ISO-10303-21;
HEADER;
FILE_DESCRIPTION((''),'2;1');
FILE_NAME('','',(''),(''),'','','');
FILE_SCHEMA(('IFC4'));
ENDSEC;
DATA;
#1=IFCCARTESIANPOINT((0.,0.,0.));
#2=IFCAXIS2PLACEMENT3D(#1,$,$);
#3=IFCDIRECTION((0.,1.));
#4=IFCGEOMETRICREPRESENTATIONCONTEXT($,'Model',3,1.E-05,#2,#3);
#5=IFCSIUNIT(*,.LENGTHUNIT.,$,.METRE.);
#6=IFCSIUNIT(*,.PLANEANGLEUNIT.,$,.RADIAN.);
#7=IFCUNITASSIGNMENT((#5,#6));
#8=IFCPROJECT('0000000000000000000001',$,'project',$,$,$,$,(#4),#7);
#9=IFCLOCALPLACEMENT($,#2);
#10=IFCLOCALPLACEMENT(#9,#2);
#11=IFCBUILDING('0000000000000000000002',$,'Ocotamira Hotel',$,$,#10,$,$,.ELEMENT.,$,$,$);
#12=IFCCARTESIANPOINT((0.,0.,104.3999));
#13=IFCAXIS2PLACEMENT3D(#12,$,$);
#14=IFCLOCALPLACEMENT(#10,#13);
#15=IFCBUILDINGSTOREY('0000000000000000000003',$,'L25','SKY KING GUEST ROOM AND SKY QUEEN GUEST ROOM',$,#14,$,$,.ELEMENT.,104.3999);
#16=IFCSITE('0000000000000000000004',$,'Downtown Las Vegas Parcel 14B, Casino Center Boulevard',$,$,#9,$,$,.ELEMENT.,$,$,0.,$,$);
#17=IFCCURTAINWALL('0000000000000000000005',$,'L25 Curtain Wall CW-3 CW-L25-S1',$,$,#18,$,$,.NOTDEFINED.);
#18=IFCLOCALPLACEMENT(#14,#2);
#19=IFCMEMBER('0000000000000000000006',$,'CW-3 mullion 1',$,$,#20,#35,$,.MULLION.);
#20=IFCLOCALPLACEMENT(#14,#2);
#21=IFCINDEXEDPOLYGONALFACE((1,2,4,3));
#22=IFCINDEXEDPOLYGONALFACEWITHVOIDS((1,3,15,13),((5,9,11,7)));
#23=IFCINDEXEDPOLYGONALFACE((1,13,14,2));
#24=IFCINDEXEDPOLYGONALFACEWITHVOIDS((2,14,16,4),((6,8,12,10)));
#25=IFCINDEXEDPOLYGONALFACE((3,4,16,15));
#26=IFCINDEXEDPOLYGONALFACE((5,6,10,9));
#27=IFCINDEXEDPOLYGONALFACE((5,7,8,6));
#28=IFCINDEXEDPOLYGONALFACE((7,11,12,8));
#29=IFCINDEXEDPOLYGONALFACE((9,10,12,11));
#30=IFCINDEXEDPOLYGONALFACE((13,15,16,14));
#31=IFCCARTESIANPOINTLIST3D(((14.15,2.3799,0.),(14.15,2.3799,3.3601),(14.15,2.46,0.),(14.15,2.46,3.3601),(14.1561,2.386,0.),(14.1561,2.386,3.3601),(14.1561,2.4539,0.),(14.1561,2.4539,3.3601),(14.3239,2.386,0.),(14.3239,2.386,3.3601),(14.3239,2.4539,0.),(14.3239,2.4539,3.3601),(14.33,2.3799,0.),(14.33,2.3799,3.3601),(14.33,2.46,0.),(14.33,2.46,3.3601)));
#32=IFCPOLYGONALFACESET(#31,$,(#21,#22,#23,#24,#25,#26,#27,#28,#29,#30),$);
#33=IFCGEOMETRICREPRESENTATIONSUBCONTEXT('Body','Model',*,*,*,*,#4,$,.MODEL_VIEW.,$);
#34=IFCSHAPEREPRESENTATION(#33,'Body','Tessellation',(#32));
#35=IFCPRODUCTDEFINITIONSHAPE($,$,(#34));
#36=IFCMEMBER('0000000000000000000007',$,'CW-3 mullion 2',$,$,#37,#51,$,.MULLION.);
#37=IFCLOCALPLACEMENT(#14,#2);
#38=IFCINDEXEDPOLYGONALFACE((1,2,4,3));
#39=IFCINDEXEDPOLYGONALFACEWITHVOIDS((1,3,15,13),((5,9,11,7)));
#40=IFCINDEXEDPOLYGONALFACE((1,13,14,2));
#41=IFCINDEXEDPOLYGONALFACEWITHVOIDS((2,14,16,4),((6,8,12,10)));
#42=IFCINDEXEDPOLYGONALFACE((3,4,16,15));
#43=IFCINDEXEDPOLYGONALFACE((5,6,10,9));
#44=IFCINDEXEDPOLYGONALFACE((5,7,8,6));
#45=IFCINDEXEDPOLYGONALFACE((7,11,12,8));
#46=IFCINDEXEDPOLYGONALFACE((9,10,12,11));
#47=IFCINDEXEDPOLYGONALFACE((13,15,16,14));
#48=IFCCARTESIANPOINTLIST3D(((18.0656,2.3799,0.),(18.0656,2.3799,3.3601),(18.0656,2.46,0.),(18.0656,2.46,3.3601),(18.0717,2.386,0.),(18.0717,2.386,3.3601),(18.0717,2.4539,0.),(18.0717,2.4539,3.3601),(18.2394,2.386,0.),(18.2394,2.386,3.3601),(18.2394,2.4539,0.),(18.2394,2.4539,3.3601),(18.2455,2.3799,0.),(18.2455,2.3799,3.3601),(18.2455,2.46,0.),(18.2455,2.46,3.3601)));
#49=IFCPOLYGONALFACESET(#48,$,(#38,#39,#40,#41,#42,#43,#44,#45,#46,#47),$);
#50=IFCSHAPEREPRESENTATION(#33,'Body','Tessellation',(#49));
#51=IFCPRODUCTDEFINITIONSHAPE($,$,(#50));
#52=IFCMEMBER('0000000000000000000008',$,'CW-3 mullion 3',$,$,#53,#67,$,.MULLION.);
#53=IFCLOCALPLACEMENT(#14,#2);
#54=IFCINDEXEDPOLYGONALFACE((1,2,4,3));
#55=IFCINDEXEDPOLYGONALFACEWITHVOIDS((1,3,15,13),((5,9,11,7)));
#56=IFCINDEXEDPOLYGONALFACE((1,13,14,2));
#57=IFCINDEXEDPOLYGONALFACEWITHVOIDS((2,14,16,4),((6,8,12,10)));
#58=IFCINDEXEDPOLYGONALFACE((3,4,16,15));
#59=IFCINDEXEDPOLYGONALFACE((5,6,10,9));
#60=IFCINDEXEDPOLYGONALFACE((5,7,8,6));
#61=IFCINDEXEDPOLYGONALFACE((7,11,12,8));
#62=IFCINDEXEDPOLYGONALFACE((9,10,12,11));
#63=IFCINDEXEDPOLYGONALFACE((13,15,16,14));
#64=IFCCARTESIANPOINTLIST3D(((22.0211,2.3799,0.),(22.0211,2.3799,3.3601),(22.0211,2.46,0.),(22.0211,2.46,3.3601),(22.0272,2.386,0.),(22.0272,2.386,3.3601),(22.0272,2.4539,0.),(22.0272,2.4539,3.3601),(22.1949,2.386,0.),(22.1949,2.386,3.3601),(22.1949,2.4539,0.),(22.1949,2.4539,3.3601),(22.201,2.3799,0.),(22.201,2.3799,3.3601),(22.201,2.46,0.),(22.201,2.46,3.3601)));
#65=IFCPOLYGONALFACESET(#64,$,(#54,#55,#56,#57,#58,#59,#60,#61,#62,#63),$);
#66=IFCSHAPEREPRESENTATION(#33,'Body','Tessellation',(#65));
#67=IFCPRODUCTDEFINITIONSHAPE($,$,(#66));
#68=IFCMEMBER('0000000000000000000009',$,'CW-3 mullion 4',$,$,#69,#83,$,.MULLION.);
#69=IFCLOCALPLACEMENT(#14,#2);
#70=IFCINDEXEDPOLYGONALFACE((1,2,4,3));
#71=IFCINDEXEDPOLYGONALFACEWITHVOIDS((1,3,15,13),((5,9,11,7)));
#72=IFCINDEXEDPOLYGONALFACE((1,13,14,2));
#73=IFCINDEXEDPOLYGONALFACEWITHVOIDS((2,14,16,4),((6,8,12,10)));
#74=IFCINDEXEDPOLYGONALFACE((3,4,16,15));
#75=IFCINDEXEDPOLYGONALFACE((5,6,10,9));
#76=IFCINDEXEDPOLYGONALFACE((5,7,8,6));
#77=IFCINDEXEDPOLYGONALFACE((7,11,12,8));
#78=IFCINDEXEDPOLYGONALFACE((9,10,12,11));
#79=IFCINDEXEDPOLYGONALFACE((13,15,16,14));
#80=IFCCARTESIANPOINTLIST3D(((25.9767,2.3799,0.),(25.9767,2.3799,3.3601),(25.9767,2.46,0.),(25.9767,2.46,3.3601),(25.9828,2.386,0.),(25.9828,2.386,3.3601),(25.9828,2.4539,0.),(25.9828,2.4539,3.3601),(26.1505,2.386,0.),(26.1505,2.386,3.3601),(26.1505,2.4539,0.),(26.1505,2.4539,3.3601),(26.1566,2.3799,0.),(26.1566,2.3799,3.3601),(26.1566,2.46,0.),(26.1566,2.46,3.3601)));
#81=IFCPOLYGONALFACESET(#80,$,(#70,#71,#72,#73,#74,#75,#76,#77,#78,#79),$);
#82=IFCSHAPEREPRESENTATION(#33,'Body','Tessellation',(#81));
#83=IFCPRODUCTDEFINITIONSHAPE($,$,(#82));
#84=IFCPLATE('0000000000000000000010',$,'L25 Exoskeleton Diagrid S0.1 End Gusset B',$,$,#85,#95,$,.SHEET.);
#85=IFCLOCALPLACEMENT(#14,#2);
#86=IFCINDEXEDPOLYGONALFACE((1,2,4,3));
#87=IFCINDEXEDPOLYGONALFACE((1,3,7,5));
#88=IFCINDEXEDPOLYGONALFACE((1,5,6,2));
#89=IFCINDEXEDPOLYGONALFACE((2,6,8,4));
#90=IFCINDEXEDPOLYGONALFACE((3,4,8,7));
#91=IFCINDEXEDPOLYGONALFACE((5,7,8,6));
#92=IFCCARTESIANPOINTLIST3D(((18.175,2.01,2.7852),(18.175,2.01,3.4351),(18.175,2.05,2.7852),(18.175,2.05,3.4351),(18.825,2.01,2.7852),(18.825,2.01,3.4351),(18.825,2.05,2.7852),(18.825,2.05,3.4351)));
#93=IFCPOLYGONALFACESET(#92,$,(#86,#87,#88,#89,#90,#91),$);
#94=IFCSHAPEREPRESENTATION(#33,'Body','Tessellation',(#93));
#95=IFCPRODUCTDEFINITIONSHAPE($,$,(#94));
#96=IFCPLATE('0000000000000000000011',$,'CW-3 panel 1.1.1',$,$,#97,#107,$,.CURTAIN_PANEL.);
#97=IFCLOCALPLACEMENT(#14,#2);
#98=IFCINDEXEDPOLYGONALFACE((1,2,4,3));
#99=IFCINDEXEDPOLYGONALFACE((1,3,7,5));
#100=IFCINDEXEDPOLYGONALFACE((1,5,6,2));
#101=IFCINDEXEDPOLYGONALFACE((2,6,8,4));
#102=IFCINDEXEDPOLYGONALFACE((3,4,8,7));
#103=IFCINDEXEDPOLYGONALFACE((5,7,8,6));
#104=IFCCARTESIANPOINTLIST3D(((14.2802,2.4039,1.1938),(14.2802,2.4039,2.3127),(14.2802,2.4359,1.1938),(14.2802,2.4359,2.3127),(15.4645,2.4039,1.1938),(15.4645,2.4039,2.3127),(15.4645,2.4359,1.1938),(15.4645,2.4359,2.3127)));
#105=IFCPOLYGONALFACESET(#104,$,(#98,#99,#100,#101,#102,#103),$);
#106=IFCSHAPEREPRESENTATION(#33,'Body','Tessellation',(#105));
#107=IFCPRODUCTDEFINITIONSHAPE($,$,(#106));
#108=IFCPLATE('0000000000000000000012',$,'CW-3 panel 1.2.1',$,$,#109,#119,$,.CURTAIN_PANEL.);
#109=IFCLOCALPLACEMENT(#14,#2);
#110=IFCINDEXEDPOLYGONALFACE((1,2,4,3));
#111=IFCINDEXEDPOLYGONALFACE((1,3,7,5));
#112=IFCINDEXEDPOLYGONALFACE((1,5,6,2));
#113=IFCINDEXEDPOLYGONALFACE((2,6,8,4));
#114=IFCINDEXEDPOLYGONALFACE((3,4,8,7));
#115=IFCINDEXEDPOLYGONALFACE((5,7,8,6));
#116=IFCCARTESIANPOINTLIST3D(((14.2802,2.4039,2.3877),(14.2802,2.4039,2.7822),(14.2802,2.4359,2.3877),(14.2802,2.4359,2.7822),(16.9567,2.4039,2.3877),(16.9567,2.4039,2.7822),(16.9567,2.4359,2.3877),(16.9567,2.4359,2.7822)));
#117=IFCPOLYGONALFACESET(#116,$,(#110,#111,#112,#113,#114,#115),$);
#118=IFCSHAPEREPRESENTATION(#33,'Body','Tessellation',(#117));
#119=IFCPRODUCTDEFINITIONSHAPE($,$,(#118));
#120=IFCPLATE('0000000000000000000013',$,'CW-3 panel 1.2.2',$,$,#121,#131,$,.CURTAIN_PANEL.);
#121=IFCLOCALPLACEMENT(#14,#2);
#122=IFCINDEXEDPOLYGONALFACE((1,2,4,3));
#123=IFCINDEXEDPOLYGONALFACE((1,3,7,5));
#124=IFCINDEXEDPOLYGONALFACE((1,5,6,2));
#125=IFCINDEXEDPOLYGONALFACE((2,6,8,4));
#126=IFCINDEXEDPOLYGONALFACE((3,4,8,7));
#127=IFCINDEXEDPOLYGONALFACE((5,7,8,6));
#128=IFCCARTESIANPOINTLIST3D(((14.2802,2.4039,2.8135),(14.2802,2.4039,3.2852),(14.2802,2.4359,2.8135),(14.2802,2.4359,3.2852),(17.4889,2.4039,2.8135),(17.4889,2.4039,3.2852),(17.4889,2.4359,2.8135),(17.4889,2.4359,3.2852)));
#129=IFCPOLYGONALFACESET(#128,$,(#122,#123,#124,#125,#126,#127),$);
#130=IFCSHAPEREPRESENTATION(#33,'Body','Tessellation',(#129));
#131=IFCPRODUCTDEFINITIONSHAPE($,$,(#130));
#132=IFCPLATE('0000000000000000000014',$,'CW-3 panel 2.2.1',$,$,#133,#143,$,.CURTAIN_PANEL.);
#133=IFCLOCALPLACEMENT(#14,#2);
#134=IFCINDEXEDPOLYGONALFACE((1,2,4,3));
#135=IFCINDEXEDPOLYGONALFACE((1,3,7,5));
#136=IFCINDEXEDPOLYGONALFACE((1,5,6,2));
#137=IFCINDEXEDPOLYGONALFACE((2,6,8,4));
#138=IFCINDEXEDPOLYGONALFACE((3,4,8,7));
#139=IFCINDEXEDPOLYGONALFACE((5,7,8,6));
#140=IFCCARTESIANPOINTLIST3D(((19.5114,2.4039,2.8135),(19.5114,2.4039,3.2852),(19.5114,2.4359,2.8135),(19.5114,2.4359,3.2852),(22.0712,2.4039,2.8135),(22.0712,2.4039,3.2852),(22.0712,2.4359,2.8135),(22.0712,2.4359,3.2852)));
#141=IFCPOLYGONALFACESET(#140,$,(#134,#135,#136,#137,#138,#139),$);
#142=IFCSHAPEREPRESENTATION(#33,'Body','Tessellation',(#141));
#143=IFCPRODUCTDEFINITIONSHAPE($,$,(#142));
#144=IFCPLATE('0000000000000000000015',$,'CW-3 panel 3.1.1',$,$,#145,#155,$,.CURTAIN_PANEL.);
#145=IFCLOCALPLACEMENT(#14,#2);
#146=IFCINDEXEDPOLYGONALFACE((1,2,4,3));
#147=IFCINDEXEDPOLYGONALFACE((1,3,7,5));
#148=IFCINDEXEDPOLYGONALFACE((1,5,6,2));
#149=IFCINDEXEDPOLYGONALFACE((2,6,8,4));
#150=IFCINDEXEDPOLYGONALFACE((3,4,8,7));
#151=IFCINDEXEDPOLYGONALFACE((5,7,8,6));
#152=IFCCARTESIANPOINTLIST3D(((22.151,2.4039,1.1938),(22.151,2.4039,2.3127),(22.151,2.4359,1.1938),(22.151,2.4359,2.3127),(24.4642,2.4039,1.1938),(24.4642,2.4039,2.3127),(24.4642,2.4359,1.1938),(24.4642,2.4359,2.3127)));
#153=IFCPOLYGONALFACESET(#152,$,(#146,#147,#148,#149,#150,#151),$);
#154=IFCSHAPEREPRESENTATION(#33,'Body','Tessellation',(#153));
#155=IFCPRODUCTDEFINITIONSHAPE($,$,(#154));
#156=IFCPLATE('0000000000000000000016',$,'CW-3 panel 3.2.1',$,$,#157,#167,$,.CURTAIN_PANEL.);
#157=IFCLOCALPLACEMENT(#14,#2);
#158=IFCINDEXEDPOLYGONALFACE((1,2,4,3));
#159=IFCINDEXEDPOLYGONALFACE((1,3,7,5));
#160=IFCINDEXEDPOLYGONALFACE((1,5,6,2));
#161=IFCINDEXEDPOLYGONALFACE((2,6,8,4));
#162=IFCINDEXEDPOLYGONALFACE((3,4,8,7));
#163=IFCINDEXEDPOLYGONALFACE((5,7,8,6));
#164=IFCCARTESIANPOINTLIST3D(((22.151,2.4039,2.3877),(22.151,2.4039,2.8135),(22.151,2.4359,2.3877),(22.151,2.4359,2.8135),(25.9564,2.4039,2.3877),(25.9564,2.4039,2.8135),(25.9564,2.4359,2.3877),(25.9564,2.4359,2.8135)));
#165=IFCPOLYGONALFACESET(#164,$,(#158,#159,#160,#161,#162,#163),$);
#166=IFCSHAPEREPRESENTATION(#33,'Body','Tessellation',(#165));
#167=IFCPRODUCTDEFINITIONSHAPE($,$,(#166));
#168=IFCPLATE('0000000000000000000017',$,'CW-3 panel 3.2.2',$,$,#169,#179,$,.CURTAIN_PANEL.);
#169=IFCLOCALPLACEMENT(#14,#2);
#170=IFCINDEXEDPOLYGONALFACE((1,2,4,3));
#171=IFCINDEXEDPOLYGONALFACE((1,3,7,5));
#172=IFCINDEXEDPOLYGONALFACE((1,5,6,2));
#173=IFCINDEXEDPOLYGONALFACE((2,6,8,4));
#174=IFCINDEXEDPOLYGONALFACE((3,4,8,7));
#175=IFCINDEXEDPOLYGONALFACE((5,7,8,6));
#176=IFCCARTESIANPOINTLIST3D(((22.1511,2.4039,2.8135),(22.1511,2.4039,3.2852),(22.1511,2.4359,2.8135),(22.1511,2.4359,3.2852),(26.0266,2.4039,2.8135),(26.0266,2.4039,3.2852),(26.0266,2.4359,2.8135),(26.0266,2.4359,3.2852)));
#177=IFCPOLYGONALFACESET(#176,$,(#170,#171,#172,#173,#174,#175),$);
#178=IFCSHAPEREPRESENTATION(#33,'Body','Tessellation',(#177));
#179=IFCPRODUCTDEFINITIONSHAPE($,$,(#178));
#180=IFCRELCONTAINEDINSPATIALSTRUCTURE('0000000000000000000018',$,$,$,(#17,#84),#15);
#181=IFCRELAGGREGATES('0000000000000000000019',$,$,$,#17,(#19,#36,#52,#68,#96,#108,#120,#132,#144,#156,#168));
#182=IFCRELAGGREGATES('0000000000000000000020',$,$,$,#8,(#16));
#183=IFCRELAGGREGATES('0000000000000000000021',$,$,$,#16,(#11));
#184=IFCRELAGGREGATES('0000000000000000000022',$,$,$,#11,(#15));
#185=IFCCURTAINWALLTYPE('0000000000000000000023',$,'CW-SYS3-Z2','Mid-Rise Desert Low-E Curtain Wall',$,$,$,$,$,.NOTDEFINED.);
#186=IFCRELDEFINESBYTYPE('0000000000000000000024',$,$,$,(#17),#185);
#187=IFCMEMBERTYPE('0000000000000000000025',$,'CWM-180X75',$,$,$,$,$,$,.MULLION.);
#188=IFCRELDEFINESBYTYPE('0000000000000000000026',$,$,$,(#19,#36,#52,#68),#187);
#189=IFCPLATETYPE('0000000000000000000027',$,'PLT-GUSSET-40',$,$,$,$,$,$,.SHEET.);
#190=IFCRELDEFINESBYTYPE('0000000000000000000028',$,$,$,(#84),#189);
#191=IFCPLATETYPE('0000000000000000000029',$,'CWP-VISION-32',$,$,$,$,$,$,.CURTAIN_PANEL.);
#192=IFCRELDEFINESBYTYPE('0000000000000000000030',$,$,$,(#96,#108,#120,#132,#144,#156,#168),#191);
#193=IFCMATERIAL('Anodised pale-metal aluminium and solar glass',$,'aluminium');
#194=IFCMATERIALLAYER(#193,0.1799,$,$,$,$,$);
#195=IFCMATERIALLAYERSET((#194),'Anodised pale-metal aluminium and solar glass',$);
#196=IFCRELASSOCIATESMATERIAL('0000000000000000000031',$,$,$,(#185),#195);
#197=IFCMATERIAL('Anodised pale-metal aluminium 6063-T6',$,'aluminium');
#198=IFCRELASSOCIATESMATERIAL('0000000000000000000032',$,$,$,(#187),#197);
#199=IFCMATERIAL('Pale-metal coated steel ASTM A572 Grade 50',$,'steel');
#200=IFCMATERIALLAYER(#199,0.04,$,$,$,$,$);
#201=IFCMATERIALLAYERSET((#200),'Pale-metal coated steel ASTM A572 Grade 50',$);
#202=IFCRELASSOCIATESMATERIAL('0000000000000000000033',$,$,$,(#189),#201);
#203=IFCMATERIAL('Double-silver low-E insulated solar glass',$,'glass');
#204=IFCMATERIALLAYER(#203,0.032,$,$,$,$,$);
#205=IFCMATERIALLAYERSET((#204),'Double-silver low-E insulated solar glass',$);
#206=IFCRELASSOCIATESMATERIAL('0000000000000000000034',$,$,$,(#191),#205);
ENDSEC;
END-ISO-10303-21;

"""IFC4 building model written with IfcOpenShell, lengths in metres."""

from ifc_helpers import new_model, si_unit, direction, frame, origin, origin_2d, place, context, subcontext, project, spatial, rectangle, hollow_rectangle, extrude, source, transform, mapped, material, layer, layer_set, material_profile, profile_set, type_object, element, aggregate, save


model = new_model("IFC4")

# Units and contexts
model_context = context("Model", 3, precision=1e-05, world=origin(), true_north=direction((0.0, 1.0)))
body_context = subcontext(model_context, "Body", "Model", "MODEL_VIEW")
ifc_project = project(units=[si_unit("LENGTHUNIT", "METRE"), si_unit("PLANEANGLEUNIT", "RADIAN")], contexts=[model_context])

# Site, building, storey
site_placement = place(None, origin())
site = spatial("IfcSite", under=ifc_project, at=site_placement, Name="Downtown Las Vegas Parcel 14B, Casino Center Boulevard", CompositionType="ELEMENT", RefElevation=0.0)
building_placement = place(site_placement, origin())
building = spatial("IfcBuilding", under=site, at=building_placement, Name="Ocotamira Hotel", CompositionType="ELEMENT")
storey_placement = place(building_placement, frame((0.0, 0.0, 104.3999)))
storey = spatial("IfcBuildingStorey", under=building, at=storey_placement, Name="L25", Description="SKY KING GUEST ROOM AND SKY QUEEN GUEST ROOM", CompositionType="ELEMENT", Elevation=104.3999)

# Curtain wall, members
ifc_material_1 = material(Name="Anodised pale-metal aluminium and solar glass", Category="aluminium")
ifc_layer_1 = layer(ifc_material_1, 0.1799)
ifc_layer_set_1 = layer_set([ifc_layer_1], Name="Anodised pale-metal aluminium and solar glass")
curtain_wall_type = type_object("IfcCurtainWallType", Name="CW-SYS3-Z2", Description="Mid-Rise Desert Low-E Curtain Wall", PredefinedType="NOTDEFINED", material=ifc_layer_set_1)
curtain_wall_placement = place(storey_placement, origin())
curtain_wall = element("IfcCurtainWall", 1, at=curtain_wall_placement, inside=storey, type_object=curtain_wall_type, Name="L25 Curtain Wall CW-3 CW-L25-S1", PredefinedType="NOTDEFINED")
ifc_material_2 = material(Name="Anodised pale-metal aluminium 6063-T6", Category="aluminium")
ifc_material_profile_1 = material_profile(ifc_material_2, hollow_rectangle(XDim=0.0801, YDim=0.1799, WallThickness=0.0061, at=origin_2d()), Name="HSS180X80X6")
ifc_profile_set_1 = profile_set([ifc_material_profile_1], Name="Anodised pale-metal aluminium 6063-T6")
member_type_1 = type_object("IfcMemberType", Name="CWM-180X75", PredefinedType="MULLION", material=ifc_profile_set_1)
shared_shape_1 = source(origin(), body_context, "Body", "SweptSolid", [
    extrude(hollow_rectangle(XDim=0.0801, YDim=0.1799, WallThickness=0.0061, at=origin_2d()), origin(), (0.0, 0.0, 1.0), 3.3601),
])
member_1_placement = place(storey_placement, frame((14.24, 2.4199, 0.0), z_axis=(0.0, 0.0, 1.0), x_axis=(0.0, 1.0, 0.0)))
member_1 = element("IfcMember", 2, at=member_1_placement, type_object=member_type_1, Name="CW-3 mullion 1", PredefinedType="MULLION", context=body_context, shape_type="MappedRepresentation", body=[
    mapped(shared_shape_1, transform((0.0, 0.0, 0.0), scale=1.0)),
])
member_2_placement = place(storey_placement, frame((18.1555, 2.4199, 0.0), z_axis=(0.0, 0.0, 1.0), x_axis=(0.0, 1.0, 0.0)))
member_2 = element("IfcMember", 3, at=member_2_placement, type_object=member_type_1, Name="CW-3 mullion 2", PredefinedType="MULLION", context=body_context, shape_type="MappedRepresentation", body=[
    mapped(shared_shape_1, transform((0.0, 0.0, 0.0), scale=1.0)),
])
member_3_placement = place(storey_placement, frame((22.1111, 2.4199, 0.0), z_axis=(0.0, 0.0, 1.0), x_axis=(0.0, 1.0, 0.0)))
member_3 = element("IfcMember", 4, at=member_3_placement, type_object=member_type_1, Name="CW-3 mullion 3", PredefinedType="MULLION", context=body_context, shape_type="MappedRepresentation", body=[
    mapped(shared_shape_1, transform((0.0, 0.0, 0.0), scale=1.0)),
])
member_4_placement = place(storey_placement, frame((26.0667, 2.4199, 0.0), z_axis=(0.0, 0.0, 1.0), x_axis=(0.0, 1.0, 0.0)))
member_4 = element("IfcMember", 5, at=member_4_placement, type_object=member_type_1, Name="CW-3 mullion 4", PredefinedType="MULLION", context=body_context, shape_type="MappedRepresentation", body=[
    mapped(shared_shape_1, transform((0.0, 0.0, 0.0), scale=1.0)),
])

# Plates
ifc_material_3 = material(Name="Pale-metal coated steel ASTM A572 Grade 50", Category="steel")
ifc_layer_2 = layer(ifc_material_3, 0.04)
ifc_layer_set_2 = layer_set([ifc_layer_2], Name="Pale-metal coated steel ASTM A572 Grade 50")
plate_type_1 = type_object("IfcPlateType", Name="PLT-GUSSET-40", PredefinedType="SHEET", material=ifc_layer_set_2)
shared_shape_2 = source(origin(), body_context, "Body", "SweptSolid", [
    extrude(rectangle(XDim=0.6499, YDim=0.04, at=origin_2d()), origin(), (0.0, 0.0, 1.0), 0.6499),
])
plate_1_placement = place(storey_placement, frame((18.5, 2.03, 2.7852), z_axis=(0.0, 0.0, 1.0), x_axis=(1.0, 0.0, 0.0)))
element("IfcPlate", 6, at=plate_1_placement, inside=storey, type_object=plate_type_1, Name="L25 Exoskeleton Diagrid S0.1 End Gusset B", PredefinedType="SHEET", context=body_context, shape_type="MappedRepresentation", body=[
    mapped(shared_shape_2, transform((0.0, 0.0, 0.0), scale=1.0)),
])
ifc_material_4 = material(Name="Double-silver low-E insulated solar glass", Category="glass")
ifc_layer_3 = layer(ifc_material_4, 0.032)
ifc_layer_set_3 = layer_set([ifc_layer_3], Name="Double-silver low-E insulated solar glass")
plate_type_2 = type_object("IfcPlateType", Name="CWP-VISION-32", PredefinedType="CURTAIN_PANEL", material=ifc_layer_set_3)
shared_shape_3 = source(origin(), body_context, "Body", "SweptSolid", [
    extrude(rectangle(XDim=1.1843, YDim=0.032, at=origin_2d()), origin(), (0.0, 0.0, 1.0), 1.1189),
])
plate_2_placement = place(storey_placement, frame((14.8723, 2.4199, 1.1938), z_axis=(0.0, 0.0, 1.0), x_axis=(1.0, 0.0, 0.0)))
plate_2 = element("IfcPlate", 7, at=plate_2_placement, type_object=plate_type_2, Name="CW-3 panel 1.1.1", PredefinedType="CURTAIN_PANEL", context=body_context, shape_type="MappedRepresentation", body=[
    mapped(shared_shape_3, transform((0.0, 0.0, 0.0), scale=1.0)),
])
shared_shape_4 = source(origin(), body_context, "Body", "SweptSolid", [
    extrude(rectangle(XDim=2.6765, YDim=0.032, at=origin_2d()), origin(), (0.0, 0.0, 1.0), 0.3945),
])
plate_3_placement = place(storey_placement, frame((15.6184, 2.4199, 2.3877), z_axis=(0.0, 0.0, 1.0), x_axis=(1.0, 0.0, 0.0)))
plate_3 = element("IfcPlate", 8, at=plate_3_placement, type_object=plate_type_2, Name="CW-3 panel 1.2.1", PredefinedType="CURTAIN_PANEL", context=body_context, shape_type="MappedRepresentation", body=[
    mapped(shared_shape_4, transform((0.0, 0.0, 0.0), scale=1.0)),
])
shared_shape_5 = source(origin(), body_context, "Body", "SweptSolid", [
    extrude(rectangle(XDim=3.2087, YDim=0.032, at=origin_2d()), origin(), (0.0, 0.0, 1.0), 0.4717),
])
plate_4_placement = place(storey_placement, frame((15.8845, 2.4199, 2.8135), z_axis=(0.0, 0.0, 1.0), x_axis=(1.0, 0.0, 0.0)))
plate_4 = element("IfcPlate", 9, at=plate_4_placement, type_object=plate_type_2, Name="CW-3 panel 1.2.2", PredefinedType="CURTAIN_PANEL", context=body_context, shape_type="MappedRepresentation", body=[
    mapped(shared_shape_5, transform((0.0, 0.0, 0.0), scale=1.0)),
])
shared_shape_6 = source(origin(), body_context, "Body", "SweptSolid", [
    extrude(rectangle(XDim=2.5598, YDim=0.032, at=origin_2d()), origin(), (0.0, 0.0, 1.0), 0.4717),
])
plate_5_placement = place(storey_placement, frame((20.7913, 2.4199, 2.8135), z_axis=(0.0, 0.0, 1.0), x_axis=(1.0, 0.0, 0.0)))
plate_5 = element("IfcPlate", 10, at=plate_5_placement, type_object=plate_type_2, Name="CW-3 panel 2.2.1", PredefinedType="CURTAIN_PANEL", context=body_context, shape_type="MappedRepresentation", body=[
    mapped(shared_shape_6, transform((0.0, 0.0, 0.0), scale=1.0)),
])
shared_shape_7 = source(origin(), body_context, "Body", "SweptSolid", [
    extrude(rectangle(XDim=2.3132, YDim=0.032, at=origin_2d()), origin(), (0.0, 0.0, 1.0), 1.1189),
])
plate_6_placement = place(storey_placement, frame((23.3076, 2.4199, 1.1938), z_axis=(0.0, 0.0, 1.0), x_axis=(1.0, 0.0, 0.0)))
plate_6 = element("IfcPlate", 11, at=plate_6_placement, type_object=plate_type_2, Name="CW-3 panel 3.1.1", PredefinedType="CURTAIN_PANEL", context=body_context, shape_type="MappedRepresentation", body=[
    mapped(shared_shape_7, transform((0.0, 0.0, 0.0), scale=1.0)),
])
shared_shape_8 = source(origin(), body_context, "Body", "SweptSolid", [
    extrude(rectangle(XDim=3.8054, YDim=0.032, at=origin_2d()), origin(), (0.0, 0.0, 1.0), 0.4258),
])
plate_7_placement = place(storey_placement, frame((24.0537, 2.4199, 2.3877), z_axis=(0.0, 0.0, 1.0), x_axis=(1.0, 0.0, 0.0)))
plate_7 = element("IfcPlate", 12, at=plate_7_placement, type_object=plate_type_2, Name="CW-3 panel 3.2.1", PredefinedType="CURTAIN_PANEL", context=body_context, shape_type="MappedRepresentation", body=[
    mapped(shared_shape_8, transform((0.0, 0.0, 0.0), scale=1.0)),
])
shared_shape_9 = source(origin(), body_context, "Body", "SweptSolid", [
    extrude(rectangle(XDim=3.8755, YDim=0.032, at=origin_2d()), origin(), (0.0, 0.0, 1.0), 0.4717),
])
plate_8_placement = place(storey_placement, frame((24.0889, 2.4199, 2.8135), z_axis=(0.0, 0.0, 1.0), x_axis=(1.0, 0.0, 0.0)))
plate_8 = element("IfcPlate", 13, at=plate_8_placement, type_object=plate_type_2, Name="CW-3 panel 3.2.2", PredefinedType="CURTAIN_PANEL", context=body_context, shape_type="MappedRepresentation", body=[
    mapped(shared_shape_9, transform((0.0, 0.0, 0.0), scale=1.0)),
])
aggregate(curtain_wall, [member_1, member_2, member_3, member_4, plate_2, plate_3, plate_4, plate_5, plate_6, plate_7, plate_8])

save(model, "model.ifc")
